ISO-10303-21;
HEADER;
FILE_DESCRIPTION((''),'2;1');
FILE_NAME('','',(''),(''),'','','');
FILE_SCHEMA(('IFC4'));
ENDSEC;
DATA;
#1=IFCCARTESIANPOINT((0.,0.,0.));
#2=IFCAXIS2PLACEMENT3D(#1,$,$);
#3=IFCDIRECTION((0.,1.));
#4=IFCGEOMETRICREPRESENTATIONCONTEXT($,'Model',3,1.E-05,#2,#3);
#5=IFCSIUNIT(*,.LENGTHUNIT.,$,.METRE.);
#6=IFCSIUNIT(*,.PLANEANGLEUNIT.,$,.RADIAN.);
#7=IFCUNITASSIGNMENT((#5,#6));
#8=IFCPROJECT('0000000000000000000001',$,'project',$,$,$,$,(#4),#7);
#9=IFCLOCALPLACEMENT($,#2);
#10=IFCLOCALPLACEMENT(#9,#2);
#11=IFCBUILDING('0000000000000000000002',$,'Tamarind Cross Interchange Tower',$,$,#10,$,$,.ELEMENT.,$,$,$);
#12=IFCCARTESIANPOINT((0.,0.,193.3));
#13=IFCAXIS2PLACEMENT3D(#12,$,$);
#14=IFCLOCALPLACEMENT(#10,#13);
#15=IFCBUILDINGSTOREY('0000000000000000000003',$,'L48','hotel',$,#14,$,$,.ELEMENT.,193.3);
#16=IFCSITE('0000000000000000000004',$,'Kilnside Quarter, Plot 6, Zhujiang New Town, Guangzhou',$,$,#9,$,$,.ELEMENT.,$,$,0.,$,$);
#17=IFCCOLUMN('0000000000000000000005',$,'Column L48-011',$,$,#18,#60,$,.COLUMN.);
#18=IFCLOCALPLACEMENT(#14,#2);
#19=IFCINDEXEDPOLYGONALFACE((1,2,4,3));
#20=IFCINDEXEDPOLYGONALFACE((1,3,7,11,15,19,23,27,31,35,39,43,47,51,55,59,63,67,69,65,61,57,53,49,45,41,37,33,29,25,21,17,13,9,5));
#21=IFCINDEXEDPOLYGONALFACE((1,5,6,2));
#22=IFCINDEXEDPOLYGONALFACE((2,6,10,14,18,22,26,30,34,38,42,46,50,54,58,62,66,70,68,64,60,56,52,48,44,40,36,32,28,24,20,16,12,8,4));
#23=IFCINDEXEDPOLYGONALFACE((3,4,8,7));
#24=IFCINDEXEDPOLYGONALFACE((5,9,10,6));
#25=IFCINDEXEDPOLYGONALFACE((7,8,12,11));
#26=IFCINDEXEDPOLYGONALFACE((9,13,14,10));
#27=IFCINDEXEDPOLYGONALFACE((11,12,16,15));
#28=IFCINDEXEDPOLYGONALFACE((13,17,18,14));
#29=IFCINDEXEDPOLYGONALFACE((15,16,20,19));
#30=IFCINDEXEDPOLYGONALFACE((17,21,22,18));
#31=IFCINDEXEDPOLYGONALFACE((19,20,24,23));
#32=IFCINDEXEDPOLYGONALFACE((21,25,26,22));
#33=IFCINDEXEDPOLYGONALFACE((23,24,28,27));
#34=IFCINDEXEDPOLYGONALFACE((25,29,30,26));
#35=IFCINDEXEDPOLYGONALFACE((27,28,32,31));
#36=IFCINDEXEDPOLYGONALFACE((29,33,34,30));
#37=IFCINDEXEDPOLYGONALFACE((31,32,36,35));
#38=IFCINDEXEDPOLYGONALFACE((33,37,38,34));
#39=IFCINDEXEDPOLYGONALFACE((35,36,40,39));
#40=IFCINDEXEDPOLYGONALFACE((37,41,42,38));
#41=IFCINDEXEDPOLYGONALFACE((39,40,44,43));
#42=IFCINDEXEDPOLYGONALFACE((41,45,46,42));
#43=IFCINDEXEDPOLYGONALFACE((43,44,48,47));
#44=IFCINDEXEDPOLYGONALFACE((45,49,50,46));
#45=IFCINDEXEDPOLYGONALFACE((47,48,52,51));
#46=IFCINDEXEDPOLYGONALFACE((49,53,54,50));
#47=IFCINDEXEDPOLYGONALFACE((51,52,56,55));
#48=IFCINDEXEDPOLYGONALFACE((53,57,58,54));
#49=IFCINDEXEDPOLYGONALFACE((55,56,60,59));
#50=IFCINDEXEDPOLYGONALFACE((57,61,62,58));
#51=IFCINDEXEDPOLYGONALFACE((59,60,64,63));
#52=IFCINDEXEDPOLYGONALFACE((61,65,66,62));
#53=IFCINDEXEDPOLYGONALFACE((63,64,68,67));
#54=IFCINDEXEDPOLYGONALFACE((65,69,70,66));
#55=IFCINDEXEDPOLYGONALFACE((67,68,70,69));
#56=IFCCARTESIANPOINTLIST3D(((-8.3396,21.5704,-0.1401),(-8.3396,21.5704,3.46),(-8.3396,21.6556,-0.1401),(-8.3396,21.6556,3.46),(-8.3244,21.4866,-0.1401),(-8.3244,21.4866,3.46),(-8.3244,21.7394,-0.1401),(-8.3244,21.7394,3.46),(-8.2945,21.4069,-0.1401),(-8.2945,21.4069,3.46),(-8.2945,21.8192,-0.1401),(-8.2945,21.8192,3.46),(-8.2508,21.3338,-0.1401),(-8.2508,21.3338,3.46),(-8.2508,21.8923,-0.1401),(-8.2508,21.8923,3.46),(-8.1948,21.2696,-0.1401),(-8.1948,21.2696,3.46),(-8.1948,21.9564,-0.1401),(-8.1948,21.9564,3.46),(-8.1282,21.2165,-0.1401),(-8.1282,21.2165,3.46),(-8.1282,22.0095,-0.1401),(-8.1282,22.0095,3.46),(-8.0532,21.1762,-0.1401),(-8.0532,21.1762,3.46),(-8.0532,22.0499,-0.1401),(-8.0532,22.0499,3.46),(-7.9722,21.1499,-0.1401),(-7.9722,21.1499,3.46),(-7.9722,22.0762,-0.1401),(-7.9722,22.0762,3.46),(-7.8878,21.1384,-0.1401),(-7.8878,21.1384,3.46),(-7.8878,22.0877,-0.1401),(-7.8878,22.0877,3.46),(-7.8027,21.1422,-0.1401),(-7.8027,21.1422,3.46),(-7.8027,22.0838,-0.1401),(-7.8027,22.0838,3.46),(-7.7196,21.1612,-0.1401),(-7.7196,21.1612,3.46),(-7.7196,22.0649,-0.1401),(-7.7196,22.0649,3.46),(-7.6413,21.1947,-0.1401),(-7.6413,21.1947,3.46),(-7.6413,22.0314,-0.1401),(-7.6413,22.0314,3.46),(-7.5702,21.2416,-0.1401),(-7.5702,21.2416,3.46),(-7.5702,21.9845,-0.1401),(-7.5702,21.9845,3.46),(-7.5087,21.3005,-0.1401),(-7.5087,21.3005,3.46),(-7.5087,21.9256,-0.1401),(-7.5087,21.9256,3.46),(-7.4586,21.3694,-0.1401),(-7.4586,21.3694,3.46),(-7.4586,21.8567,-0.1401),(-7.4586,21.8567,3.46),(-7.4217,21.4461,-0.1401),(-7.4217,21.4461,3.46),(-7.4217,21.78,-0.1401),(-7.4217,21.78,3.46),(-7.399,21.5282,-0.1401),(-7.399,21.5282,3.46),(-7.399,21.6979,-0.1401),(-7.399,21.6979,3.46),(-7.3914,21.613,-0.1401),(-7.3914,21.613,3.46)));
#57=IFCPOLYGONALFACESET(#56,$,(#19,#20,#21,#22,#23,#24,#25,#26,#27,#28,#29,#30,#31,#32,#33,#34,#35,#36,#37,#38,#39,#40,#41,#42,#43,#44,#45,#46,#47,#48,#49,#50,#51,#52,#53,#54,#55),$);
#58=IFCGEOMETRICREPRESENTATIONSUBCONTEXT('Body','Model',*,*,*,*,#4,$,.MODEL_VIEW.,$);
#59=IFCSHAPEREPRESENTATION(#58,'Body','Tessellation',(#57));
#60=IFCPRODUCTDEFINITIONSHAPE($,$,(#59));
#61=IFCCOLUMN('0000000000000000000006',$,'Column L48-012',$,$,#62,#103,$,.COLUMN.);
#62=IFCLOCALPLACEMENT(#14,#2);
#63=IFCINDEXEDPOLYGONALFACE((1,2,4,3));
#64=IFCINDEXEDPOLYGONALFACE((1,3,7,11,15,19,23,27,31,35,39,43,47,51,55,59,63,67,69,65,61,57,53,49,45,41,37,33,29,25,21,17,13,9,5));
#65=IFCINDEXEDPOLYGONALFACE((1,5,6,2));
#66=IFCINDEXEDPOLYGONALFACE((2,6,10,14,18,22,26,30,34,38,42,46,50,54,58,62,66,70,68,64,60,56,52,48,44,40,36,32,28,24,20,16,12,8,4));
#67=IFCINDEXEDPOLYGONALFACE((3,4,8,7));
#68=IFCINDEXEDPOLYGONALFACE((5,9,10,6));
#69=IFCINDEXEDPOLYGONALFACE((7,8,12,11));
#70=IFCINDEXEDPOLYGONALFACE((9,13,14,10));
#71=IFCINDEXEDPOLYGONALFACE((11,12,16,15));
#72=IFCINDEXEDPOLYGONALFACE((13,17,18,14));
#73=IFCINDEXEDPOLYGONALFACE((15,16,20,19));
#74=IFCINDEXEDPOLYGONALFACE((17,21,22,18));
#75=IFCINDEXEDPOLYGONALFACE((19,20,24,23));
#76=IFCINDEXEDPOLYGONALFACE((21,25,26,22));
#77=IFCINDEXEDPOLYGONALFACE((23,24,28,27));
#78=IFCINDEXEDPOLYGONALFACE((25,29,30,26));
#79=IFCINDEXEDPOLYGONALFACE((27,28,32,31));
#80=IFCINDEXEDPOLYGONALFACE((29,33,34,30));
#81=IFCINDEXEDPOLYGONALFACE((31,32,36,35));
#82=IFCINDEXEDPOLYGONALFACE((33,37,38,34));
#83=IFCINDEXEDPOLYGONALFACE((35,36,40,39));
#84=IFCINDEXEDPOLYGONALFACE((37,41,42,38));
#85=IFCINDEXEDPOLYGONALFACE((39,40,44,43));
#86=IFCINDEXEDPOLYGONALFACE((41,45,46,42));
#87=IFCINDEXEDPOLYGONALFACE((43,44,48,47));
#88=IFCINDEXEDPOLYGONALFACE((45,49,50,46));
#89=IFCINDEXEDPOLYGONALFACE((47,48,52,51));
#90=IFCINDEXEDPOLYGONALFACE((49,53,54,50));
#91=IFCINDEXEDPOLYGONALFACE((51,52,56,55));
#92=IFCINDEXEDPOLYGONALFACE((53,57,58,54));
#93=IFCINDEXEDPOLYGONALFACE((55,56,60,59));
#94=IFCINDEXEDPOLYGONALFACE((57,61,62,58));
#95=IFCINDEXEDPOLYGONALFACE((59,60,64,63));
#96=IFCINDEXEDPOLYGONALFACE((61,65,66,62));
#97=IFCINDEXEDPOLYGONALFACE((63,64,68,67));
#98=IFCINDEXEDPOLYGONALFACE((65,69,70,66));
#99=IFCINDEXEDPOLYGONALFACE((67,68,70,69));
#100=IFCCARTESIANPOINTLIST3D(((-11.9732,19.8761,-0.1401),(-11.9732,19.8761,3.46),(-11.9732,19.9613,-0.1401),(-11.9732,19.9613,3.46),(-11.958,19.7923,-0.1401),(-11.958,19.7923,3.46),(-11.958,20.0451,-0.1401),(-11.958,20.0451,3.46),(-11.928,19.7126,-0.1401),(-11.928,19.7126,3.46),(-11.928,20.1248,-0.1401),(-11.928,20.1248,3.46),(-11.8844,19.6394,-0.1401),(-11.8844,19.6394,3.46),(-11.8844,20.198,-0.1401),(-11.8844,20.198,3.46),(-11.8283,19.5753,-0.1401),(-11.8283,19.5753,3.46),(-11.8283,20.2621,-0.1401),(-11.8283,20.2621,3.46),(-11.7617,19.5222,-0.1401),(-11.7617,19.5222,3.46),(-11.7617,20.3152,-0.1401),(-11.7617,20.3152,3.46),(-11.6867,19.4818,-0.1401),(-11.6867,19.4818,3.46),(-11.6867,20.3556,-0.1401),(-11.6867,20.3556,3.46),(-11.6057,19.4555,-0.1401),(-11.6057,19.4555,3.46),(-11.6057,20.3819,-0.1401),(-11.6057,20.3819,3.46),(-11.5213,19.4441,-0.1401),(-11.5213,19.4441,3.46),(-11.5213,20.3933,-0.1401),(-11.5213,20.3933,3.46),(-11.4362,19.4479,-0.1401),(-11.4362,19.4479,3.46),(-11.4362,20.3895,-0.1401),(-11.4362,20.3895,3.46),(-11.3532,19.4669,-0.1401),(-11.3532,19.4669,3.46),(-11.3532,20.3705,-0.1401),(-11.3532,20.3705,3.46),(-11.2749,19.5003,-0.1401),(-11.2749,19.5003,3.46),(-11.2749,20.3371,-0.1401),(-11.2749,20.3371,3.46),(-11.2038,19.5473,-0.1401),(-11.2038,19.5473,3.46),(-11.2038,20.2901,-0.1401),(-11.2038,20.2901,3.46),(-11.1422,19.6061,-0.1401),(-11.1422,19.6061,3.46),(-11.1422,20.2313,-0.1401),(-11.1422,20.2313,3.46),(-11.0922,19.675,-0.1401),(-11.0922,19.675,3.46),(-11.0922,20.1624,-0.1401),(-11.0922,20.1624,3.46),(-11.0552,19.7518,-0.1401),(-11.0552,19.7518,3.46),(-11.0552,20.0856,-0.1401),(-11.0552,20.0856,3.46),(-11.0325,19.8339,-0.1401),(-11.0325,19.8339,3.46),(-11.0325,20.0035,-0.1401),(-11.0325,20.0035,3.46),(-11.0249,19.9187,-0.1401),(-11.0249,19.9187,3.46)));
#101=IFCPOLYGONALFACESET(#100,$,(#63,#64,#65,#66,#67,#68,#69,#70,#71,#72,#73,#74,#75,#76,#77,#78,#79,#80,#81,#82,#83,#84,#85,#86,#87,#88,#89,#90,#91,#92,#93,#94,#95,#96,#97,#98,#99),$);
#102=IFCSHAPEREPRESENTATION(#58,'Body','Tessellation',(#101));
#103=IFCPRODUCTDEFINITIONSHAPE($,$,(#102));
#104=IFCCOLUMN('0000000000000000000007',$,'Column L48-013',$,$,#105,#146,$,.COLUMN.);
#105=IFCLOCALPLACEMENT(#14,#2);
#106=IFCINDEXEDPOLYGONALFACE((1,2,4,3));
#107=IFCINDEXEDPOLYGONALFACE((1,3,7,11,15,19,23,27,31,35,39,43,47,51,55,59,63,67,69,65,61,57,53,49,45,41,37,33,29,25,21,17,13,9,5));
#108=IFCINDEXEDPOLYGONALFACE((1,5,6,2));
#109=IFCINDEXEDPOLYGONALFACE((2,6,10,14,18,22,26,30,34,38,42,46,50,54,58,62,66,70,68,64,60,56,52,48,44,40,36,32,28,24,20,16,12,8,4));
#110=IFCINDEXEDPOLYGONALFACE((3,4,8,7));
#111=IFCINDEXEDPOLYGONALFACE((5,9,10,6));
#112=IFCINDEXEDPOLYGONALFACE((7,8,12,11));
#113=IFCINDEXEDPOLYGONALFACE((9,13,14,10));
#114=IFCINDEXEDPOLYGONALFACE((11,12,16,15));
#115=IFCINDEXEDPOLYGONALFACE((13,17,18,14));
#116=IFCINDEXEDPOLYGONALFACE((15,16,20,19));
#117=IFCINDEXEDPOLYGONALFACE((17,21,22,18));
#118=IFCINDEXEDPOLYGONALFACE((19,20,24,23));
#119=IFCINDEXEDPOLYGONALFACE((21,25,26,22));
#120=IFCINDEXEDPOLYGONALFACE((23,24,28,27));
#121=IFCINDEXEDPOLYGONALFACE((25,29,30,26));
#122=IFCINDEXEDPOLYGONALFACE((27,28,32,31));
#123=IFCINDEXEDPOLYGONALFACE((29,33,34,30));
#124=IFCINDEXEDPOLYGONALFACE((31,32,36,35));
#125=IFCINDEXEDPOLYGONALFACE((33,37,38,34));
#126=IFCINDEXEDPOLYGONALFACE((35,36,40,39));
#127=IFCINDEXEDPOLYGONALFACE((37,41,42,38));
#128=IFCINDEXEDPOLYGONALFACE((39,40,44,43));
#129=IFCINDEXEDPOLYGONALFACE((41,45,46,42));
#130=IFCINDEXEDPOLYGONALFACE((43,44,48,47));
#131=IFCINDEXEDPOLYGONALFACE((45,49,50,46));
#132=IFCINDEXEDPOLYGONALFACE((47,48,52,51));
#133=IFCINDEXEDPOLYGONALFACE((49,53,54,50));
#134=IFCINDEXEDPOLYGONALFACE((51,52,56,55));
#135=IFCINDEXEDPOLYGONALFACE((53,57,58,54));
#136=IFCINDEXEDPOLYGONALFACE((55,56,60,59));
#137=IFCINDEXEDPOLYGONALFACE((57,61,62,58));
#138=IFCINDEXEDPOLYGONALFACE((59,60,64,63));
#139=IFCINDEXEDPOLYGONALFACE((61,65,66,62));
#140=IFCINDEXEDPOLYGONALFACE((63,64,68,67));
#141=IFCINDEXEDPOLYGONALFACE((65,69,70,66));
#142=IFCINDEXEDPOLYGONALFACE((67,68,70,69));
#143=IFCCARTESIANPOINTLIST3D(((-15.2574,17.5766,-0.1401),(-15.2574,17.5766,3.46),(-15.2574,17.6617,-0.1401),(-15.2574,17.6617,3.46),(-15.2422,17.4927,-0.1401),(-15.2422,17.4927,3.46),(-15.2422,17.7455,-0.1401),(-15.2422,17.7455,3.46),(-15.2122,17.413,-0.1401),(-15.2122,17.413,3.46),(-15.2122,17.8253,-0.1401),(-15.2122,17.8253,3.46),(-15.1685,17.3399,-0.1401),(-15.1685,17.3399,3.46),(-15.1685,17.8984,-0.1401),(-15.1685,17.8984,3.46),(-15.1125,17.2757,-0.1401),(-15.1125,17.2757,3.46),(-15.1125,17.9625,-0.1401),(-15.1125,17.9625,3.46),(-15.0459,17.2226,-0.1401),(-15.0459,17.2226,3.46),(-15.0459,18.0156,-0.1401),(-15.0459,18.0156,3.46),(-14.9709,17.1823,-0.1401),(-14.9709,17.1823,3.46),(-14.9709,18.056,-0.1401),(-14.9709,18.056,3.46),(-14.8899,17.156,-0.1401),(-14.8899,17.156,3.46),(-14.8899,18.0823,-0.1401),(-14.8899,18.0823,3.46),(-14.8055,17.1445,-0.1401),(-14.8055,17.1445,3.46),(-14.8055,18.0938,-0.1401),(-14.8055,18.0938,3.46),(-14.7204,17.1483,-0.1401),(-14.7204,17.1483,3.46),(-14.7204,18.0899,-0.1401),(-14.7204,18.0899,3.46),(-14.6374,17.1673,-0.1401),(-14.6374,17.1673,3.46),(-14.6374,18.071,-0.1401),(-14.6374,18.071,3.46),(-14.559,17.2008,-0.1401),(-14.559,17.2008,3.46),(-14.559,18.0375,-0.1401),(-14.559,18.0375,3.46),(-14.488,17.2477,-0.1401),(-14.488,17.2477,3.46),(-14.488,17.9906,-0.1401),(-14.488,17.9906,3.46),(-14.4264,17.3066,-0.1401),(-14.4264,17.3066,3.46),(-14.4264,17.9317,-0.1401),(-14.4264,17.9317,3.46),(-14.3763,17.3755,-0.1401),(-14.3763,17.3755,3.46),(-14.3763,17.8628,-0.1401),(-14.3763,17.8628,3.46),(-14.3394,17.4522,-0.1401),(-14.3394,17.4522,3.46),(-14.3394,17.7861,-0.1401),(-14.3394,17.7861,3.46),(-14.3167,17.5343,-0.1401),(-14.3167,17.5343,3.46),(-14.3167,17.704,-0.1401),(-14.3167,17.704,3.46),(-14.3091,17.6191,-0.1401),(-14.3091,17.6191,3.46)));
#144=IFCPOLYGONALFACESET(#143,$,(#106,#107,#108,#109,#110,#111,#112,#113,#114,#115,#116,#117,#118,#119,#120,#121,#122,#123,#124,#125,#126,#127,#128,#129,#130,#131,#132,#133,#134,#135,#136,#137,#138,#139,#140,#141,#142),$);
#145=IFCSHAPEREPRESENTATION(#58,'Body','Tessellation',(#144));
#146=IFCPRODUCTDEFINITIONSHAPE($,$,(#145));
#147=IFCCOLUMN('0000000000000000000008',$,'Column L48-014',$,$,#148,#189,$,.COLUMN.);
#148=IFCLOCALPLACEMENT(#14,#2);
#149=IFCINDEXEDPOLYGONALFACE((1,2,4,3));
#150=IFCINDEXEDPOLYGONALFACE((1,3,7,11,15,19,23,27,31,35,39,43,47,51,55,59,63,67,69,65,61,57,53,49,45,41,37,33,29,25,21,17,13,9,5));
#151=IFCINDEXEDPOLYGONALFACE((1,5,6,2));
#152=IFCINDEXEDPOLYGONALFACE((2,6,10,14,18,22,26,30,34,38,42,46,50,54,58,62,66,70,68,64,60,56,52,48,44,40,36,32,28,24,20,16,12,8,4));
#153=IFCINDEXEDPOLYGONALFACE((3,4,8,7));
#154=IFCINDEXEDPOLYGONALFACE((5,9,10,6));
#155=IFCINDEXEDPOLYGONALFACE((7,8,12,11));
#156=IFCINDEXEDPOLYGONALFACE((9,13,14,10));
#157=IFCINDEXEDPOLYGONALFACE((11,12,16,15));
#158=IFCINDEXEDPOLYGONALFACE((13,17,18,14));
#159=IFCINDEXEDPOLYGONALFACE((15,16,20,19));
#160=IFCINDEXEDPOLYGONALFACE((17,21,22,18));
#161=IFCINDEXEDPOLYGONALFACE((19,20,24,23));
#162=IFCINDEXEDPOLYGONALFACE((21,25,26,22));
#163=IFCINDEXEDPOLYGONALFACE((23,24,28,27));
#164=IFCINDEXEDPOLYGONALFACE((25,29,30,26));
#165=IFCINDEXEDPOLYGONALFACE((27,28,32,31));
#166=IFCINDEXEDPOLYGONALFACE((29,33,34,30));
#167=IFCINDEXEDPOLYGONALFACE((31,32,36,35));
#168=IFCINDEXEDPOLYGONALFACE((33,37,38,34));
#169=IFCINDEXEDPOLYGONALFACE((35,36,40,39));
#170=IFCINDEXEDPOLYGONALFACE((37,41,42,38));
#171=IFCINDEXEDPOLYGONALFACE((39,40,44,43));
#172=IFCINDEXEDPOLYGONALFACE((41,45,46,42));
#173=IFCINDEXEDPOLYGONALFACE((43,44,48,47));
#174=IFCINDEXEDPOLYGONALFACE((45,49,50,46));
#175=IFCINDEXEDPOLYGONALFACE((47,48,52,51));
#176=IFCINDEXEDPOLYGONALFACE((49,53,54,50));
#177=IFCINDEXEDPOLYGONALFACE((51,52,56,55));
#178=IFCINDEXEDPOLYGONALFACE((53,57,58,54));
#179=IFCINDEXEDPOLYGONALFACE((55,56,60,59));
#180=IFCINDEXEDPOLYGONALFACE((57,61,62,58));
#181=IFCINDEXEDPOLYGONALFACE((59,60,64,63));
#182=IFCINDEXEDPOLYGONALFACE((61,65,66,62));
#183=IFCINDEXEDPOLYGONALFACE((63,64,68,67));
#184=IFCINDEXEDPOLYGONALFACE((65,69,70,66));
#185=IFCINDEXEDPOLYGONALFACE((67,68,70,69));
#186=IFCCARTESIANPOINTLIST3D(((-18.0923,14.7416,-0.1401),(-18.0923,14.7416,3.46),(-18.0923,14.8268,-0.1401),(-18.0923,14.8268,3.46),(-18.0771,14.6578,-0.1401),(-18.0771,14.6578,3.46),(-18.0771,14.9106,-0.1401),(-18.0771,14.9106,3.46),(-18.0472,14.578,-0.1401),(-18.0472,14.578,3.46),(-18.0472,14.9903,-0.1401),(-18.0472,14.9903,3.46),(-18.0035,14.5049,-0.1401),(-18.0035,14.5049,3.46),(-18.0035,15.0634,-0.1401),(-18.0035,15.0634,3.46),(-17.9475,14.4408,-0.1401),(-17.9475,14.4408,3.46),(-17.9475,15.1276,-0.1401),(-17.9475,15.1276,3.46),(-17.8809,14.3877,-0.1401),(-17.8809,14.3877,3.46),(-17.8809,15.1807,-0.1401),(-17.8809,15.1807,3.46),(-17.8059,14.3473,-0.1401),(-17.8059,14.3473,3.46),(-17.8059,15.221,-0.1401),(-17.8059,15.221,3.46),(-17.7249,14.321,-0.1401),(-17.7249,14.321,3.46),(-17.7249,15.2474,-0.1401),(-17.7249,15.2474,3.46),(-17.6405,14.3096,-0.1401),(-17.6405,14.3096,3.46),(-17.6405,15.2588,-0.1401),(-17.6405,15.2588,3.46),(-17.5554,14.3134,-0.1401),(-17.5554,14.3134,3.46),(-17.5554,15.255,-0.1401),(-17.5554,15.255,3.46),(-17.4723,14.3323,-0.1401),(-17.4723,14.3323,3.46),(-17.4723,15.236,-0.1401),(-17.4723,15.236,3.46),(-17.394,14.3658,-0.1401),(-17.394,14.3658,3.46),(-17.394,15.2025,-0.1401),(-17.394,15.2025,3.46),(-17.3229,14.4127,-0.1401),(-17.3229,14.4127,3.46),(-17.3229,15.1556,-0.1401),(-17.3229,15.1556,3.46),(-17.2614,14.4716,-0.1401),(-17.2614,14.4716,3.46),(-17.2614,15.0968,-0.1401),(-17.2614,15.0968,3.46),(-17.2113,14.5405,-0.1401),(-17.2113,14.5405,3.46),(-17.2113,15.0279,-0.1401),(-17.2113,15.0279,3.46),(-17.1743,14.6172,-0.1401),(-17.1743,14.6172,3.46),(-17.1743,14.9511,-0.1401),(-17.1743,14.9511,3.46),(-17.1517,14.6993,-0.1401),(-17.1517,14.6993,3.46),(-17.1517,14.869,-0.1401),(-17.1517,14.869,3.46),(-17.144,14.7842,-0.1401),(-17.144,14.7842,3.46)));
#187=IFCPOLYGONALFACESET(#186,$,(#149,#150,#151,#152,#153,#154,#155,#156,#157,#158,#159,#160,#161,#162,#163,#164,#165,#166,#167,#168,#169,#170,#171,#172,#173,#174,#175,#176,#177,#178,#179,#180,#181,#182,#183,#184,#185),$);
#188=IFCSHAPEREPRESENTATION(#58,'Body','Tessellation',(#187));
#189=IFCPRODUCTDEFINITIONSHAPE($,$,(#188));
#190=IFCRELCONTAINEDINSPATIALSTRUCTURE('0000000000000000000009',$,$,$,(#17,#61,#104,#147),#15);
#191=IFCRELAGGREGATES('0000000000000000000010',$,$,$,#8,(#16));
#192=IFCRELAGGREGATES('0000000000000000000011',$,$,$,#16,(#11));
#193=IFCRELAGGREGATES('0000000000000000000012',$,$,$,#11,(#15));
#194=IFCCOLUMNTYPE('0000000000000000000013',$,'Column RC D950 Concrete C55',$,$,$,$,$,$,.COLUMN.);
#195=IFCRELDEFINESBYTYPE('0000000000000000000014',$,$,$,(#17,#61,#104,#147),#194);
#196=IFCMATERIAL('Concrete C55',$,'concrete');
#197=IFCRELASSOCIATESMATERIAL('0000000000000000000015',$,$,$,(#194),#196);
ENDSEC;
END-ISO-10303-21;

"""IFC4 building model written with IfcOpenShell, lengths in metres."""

from ifc_helpers import new_model, si_unit, direction, frame, origin, origin_2d, place, context, subcontext, project, spatial, circle, extrude, material, material_profile, profile_set, type_object, element, save


model = new_model("IFC4")

# Units and contexts
model_context = context("Model", 3, precision=1e-05, world=origin(), true_north=direction((0.0, 1.0)))
body_context = subcontext(model_context, "Body", "Model", "MODEL_VIEW")
ifc_project = project(units=[si_unit("LENGTHUNIT", "METRE"), si_unit("PLANEANGLEUNIT", "RADIAN")], contexts=[model_context])

# Site, building, storey
site_placement = place(None, origin())
site = spatial("IfcSite", under=ifc_project, at=site_placement, Name="Kilnside Quarter, Plot 6, Zhujiang New Town, Guangzhou", CompositionType="ELEMENT", RefElevation=0.0)
building_placement = place(site_placement, origin())
building = spatial("IfcBuilding", under=site, at=building_placement, Name="Tamarind Cross Interchange Tower", CompositionType="ELEMENT")
storey_placement = place(building_placement, frame((0.0, 0.0, 193.3)))
storey = spatial("IfcBuildingStorey", under=building, at=storey_placement, Name="L48", Description="hotel", CompositionType="ELEMENT", Elevation=193.3)

# Columns
ifc_material_1 = material(Name="Concrete C55", Category="concrete")
ifc_material_profile_1 = material_profile(ifc_material_1, circle(Radius=0.4751, at=origin_2d()), Name="RC D950")
ifc_profile_set_1 = profile_set([ifc_material_profile_1], Name="Concrete C55")
column_type = type_object("IfcColumnType", Name="Column RC D950 Concrete C55", PredefinedType="COLUMN", material=ifc_profile_set_1)
for number, where, z_axis, x_axis, name in (
    (1, (-7.8665, 21.613, -0.1401), (0.0, 0.0, 1.0), (1.0, 0.0, 0.0), "Column L48-011"),
    (2, (-11.5, 19.9187, -0.1401), (0.0, 0.0, 1.0), (1.0, 0.0, 0.0), "Column L48-012"),
    (3, (-14.7842, 17.6191, -0.1401), (0.0, 0.0, 1.0), (1.0, 0.0, 0.0), "Column L48-013"),
    (4, (-17.6191, 14.7842, -0.1401), (0.0, 0.0, 1.0), (1.0, 0.0, 0.0), "Column L48-014"),
):
    element("IfcColumn", number, at=place(storey_placement, frame(where, z_axis=z_axis, x_axis=x_axis)), inside=storey, type_object=column_type, Name=name, PredefinedType="COLUMN", context=body_context, shape_type="SweptSolid", body=[
        extrude(circle(Radius=0.4751, at=origin_2d()), origin(), (0.0, 0.0, 1.0), 3.6001),
    ])

save(model, "model.ifc")
